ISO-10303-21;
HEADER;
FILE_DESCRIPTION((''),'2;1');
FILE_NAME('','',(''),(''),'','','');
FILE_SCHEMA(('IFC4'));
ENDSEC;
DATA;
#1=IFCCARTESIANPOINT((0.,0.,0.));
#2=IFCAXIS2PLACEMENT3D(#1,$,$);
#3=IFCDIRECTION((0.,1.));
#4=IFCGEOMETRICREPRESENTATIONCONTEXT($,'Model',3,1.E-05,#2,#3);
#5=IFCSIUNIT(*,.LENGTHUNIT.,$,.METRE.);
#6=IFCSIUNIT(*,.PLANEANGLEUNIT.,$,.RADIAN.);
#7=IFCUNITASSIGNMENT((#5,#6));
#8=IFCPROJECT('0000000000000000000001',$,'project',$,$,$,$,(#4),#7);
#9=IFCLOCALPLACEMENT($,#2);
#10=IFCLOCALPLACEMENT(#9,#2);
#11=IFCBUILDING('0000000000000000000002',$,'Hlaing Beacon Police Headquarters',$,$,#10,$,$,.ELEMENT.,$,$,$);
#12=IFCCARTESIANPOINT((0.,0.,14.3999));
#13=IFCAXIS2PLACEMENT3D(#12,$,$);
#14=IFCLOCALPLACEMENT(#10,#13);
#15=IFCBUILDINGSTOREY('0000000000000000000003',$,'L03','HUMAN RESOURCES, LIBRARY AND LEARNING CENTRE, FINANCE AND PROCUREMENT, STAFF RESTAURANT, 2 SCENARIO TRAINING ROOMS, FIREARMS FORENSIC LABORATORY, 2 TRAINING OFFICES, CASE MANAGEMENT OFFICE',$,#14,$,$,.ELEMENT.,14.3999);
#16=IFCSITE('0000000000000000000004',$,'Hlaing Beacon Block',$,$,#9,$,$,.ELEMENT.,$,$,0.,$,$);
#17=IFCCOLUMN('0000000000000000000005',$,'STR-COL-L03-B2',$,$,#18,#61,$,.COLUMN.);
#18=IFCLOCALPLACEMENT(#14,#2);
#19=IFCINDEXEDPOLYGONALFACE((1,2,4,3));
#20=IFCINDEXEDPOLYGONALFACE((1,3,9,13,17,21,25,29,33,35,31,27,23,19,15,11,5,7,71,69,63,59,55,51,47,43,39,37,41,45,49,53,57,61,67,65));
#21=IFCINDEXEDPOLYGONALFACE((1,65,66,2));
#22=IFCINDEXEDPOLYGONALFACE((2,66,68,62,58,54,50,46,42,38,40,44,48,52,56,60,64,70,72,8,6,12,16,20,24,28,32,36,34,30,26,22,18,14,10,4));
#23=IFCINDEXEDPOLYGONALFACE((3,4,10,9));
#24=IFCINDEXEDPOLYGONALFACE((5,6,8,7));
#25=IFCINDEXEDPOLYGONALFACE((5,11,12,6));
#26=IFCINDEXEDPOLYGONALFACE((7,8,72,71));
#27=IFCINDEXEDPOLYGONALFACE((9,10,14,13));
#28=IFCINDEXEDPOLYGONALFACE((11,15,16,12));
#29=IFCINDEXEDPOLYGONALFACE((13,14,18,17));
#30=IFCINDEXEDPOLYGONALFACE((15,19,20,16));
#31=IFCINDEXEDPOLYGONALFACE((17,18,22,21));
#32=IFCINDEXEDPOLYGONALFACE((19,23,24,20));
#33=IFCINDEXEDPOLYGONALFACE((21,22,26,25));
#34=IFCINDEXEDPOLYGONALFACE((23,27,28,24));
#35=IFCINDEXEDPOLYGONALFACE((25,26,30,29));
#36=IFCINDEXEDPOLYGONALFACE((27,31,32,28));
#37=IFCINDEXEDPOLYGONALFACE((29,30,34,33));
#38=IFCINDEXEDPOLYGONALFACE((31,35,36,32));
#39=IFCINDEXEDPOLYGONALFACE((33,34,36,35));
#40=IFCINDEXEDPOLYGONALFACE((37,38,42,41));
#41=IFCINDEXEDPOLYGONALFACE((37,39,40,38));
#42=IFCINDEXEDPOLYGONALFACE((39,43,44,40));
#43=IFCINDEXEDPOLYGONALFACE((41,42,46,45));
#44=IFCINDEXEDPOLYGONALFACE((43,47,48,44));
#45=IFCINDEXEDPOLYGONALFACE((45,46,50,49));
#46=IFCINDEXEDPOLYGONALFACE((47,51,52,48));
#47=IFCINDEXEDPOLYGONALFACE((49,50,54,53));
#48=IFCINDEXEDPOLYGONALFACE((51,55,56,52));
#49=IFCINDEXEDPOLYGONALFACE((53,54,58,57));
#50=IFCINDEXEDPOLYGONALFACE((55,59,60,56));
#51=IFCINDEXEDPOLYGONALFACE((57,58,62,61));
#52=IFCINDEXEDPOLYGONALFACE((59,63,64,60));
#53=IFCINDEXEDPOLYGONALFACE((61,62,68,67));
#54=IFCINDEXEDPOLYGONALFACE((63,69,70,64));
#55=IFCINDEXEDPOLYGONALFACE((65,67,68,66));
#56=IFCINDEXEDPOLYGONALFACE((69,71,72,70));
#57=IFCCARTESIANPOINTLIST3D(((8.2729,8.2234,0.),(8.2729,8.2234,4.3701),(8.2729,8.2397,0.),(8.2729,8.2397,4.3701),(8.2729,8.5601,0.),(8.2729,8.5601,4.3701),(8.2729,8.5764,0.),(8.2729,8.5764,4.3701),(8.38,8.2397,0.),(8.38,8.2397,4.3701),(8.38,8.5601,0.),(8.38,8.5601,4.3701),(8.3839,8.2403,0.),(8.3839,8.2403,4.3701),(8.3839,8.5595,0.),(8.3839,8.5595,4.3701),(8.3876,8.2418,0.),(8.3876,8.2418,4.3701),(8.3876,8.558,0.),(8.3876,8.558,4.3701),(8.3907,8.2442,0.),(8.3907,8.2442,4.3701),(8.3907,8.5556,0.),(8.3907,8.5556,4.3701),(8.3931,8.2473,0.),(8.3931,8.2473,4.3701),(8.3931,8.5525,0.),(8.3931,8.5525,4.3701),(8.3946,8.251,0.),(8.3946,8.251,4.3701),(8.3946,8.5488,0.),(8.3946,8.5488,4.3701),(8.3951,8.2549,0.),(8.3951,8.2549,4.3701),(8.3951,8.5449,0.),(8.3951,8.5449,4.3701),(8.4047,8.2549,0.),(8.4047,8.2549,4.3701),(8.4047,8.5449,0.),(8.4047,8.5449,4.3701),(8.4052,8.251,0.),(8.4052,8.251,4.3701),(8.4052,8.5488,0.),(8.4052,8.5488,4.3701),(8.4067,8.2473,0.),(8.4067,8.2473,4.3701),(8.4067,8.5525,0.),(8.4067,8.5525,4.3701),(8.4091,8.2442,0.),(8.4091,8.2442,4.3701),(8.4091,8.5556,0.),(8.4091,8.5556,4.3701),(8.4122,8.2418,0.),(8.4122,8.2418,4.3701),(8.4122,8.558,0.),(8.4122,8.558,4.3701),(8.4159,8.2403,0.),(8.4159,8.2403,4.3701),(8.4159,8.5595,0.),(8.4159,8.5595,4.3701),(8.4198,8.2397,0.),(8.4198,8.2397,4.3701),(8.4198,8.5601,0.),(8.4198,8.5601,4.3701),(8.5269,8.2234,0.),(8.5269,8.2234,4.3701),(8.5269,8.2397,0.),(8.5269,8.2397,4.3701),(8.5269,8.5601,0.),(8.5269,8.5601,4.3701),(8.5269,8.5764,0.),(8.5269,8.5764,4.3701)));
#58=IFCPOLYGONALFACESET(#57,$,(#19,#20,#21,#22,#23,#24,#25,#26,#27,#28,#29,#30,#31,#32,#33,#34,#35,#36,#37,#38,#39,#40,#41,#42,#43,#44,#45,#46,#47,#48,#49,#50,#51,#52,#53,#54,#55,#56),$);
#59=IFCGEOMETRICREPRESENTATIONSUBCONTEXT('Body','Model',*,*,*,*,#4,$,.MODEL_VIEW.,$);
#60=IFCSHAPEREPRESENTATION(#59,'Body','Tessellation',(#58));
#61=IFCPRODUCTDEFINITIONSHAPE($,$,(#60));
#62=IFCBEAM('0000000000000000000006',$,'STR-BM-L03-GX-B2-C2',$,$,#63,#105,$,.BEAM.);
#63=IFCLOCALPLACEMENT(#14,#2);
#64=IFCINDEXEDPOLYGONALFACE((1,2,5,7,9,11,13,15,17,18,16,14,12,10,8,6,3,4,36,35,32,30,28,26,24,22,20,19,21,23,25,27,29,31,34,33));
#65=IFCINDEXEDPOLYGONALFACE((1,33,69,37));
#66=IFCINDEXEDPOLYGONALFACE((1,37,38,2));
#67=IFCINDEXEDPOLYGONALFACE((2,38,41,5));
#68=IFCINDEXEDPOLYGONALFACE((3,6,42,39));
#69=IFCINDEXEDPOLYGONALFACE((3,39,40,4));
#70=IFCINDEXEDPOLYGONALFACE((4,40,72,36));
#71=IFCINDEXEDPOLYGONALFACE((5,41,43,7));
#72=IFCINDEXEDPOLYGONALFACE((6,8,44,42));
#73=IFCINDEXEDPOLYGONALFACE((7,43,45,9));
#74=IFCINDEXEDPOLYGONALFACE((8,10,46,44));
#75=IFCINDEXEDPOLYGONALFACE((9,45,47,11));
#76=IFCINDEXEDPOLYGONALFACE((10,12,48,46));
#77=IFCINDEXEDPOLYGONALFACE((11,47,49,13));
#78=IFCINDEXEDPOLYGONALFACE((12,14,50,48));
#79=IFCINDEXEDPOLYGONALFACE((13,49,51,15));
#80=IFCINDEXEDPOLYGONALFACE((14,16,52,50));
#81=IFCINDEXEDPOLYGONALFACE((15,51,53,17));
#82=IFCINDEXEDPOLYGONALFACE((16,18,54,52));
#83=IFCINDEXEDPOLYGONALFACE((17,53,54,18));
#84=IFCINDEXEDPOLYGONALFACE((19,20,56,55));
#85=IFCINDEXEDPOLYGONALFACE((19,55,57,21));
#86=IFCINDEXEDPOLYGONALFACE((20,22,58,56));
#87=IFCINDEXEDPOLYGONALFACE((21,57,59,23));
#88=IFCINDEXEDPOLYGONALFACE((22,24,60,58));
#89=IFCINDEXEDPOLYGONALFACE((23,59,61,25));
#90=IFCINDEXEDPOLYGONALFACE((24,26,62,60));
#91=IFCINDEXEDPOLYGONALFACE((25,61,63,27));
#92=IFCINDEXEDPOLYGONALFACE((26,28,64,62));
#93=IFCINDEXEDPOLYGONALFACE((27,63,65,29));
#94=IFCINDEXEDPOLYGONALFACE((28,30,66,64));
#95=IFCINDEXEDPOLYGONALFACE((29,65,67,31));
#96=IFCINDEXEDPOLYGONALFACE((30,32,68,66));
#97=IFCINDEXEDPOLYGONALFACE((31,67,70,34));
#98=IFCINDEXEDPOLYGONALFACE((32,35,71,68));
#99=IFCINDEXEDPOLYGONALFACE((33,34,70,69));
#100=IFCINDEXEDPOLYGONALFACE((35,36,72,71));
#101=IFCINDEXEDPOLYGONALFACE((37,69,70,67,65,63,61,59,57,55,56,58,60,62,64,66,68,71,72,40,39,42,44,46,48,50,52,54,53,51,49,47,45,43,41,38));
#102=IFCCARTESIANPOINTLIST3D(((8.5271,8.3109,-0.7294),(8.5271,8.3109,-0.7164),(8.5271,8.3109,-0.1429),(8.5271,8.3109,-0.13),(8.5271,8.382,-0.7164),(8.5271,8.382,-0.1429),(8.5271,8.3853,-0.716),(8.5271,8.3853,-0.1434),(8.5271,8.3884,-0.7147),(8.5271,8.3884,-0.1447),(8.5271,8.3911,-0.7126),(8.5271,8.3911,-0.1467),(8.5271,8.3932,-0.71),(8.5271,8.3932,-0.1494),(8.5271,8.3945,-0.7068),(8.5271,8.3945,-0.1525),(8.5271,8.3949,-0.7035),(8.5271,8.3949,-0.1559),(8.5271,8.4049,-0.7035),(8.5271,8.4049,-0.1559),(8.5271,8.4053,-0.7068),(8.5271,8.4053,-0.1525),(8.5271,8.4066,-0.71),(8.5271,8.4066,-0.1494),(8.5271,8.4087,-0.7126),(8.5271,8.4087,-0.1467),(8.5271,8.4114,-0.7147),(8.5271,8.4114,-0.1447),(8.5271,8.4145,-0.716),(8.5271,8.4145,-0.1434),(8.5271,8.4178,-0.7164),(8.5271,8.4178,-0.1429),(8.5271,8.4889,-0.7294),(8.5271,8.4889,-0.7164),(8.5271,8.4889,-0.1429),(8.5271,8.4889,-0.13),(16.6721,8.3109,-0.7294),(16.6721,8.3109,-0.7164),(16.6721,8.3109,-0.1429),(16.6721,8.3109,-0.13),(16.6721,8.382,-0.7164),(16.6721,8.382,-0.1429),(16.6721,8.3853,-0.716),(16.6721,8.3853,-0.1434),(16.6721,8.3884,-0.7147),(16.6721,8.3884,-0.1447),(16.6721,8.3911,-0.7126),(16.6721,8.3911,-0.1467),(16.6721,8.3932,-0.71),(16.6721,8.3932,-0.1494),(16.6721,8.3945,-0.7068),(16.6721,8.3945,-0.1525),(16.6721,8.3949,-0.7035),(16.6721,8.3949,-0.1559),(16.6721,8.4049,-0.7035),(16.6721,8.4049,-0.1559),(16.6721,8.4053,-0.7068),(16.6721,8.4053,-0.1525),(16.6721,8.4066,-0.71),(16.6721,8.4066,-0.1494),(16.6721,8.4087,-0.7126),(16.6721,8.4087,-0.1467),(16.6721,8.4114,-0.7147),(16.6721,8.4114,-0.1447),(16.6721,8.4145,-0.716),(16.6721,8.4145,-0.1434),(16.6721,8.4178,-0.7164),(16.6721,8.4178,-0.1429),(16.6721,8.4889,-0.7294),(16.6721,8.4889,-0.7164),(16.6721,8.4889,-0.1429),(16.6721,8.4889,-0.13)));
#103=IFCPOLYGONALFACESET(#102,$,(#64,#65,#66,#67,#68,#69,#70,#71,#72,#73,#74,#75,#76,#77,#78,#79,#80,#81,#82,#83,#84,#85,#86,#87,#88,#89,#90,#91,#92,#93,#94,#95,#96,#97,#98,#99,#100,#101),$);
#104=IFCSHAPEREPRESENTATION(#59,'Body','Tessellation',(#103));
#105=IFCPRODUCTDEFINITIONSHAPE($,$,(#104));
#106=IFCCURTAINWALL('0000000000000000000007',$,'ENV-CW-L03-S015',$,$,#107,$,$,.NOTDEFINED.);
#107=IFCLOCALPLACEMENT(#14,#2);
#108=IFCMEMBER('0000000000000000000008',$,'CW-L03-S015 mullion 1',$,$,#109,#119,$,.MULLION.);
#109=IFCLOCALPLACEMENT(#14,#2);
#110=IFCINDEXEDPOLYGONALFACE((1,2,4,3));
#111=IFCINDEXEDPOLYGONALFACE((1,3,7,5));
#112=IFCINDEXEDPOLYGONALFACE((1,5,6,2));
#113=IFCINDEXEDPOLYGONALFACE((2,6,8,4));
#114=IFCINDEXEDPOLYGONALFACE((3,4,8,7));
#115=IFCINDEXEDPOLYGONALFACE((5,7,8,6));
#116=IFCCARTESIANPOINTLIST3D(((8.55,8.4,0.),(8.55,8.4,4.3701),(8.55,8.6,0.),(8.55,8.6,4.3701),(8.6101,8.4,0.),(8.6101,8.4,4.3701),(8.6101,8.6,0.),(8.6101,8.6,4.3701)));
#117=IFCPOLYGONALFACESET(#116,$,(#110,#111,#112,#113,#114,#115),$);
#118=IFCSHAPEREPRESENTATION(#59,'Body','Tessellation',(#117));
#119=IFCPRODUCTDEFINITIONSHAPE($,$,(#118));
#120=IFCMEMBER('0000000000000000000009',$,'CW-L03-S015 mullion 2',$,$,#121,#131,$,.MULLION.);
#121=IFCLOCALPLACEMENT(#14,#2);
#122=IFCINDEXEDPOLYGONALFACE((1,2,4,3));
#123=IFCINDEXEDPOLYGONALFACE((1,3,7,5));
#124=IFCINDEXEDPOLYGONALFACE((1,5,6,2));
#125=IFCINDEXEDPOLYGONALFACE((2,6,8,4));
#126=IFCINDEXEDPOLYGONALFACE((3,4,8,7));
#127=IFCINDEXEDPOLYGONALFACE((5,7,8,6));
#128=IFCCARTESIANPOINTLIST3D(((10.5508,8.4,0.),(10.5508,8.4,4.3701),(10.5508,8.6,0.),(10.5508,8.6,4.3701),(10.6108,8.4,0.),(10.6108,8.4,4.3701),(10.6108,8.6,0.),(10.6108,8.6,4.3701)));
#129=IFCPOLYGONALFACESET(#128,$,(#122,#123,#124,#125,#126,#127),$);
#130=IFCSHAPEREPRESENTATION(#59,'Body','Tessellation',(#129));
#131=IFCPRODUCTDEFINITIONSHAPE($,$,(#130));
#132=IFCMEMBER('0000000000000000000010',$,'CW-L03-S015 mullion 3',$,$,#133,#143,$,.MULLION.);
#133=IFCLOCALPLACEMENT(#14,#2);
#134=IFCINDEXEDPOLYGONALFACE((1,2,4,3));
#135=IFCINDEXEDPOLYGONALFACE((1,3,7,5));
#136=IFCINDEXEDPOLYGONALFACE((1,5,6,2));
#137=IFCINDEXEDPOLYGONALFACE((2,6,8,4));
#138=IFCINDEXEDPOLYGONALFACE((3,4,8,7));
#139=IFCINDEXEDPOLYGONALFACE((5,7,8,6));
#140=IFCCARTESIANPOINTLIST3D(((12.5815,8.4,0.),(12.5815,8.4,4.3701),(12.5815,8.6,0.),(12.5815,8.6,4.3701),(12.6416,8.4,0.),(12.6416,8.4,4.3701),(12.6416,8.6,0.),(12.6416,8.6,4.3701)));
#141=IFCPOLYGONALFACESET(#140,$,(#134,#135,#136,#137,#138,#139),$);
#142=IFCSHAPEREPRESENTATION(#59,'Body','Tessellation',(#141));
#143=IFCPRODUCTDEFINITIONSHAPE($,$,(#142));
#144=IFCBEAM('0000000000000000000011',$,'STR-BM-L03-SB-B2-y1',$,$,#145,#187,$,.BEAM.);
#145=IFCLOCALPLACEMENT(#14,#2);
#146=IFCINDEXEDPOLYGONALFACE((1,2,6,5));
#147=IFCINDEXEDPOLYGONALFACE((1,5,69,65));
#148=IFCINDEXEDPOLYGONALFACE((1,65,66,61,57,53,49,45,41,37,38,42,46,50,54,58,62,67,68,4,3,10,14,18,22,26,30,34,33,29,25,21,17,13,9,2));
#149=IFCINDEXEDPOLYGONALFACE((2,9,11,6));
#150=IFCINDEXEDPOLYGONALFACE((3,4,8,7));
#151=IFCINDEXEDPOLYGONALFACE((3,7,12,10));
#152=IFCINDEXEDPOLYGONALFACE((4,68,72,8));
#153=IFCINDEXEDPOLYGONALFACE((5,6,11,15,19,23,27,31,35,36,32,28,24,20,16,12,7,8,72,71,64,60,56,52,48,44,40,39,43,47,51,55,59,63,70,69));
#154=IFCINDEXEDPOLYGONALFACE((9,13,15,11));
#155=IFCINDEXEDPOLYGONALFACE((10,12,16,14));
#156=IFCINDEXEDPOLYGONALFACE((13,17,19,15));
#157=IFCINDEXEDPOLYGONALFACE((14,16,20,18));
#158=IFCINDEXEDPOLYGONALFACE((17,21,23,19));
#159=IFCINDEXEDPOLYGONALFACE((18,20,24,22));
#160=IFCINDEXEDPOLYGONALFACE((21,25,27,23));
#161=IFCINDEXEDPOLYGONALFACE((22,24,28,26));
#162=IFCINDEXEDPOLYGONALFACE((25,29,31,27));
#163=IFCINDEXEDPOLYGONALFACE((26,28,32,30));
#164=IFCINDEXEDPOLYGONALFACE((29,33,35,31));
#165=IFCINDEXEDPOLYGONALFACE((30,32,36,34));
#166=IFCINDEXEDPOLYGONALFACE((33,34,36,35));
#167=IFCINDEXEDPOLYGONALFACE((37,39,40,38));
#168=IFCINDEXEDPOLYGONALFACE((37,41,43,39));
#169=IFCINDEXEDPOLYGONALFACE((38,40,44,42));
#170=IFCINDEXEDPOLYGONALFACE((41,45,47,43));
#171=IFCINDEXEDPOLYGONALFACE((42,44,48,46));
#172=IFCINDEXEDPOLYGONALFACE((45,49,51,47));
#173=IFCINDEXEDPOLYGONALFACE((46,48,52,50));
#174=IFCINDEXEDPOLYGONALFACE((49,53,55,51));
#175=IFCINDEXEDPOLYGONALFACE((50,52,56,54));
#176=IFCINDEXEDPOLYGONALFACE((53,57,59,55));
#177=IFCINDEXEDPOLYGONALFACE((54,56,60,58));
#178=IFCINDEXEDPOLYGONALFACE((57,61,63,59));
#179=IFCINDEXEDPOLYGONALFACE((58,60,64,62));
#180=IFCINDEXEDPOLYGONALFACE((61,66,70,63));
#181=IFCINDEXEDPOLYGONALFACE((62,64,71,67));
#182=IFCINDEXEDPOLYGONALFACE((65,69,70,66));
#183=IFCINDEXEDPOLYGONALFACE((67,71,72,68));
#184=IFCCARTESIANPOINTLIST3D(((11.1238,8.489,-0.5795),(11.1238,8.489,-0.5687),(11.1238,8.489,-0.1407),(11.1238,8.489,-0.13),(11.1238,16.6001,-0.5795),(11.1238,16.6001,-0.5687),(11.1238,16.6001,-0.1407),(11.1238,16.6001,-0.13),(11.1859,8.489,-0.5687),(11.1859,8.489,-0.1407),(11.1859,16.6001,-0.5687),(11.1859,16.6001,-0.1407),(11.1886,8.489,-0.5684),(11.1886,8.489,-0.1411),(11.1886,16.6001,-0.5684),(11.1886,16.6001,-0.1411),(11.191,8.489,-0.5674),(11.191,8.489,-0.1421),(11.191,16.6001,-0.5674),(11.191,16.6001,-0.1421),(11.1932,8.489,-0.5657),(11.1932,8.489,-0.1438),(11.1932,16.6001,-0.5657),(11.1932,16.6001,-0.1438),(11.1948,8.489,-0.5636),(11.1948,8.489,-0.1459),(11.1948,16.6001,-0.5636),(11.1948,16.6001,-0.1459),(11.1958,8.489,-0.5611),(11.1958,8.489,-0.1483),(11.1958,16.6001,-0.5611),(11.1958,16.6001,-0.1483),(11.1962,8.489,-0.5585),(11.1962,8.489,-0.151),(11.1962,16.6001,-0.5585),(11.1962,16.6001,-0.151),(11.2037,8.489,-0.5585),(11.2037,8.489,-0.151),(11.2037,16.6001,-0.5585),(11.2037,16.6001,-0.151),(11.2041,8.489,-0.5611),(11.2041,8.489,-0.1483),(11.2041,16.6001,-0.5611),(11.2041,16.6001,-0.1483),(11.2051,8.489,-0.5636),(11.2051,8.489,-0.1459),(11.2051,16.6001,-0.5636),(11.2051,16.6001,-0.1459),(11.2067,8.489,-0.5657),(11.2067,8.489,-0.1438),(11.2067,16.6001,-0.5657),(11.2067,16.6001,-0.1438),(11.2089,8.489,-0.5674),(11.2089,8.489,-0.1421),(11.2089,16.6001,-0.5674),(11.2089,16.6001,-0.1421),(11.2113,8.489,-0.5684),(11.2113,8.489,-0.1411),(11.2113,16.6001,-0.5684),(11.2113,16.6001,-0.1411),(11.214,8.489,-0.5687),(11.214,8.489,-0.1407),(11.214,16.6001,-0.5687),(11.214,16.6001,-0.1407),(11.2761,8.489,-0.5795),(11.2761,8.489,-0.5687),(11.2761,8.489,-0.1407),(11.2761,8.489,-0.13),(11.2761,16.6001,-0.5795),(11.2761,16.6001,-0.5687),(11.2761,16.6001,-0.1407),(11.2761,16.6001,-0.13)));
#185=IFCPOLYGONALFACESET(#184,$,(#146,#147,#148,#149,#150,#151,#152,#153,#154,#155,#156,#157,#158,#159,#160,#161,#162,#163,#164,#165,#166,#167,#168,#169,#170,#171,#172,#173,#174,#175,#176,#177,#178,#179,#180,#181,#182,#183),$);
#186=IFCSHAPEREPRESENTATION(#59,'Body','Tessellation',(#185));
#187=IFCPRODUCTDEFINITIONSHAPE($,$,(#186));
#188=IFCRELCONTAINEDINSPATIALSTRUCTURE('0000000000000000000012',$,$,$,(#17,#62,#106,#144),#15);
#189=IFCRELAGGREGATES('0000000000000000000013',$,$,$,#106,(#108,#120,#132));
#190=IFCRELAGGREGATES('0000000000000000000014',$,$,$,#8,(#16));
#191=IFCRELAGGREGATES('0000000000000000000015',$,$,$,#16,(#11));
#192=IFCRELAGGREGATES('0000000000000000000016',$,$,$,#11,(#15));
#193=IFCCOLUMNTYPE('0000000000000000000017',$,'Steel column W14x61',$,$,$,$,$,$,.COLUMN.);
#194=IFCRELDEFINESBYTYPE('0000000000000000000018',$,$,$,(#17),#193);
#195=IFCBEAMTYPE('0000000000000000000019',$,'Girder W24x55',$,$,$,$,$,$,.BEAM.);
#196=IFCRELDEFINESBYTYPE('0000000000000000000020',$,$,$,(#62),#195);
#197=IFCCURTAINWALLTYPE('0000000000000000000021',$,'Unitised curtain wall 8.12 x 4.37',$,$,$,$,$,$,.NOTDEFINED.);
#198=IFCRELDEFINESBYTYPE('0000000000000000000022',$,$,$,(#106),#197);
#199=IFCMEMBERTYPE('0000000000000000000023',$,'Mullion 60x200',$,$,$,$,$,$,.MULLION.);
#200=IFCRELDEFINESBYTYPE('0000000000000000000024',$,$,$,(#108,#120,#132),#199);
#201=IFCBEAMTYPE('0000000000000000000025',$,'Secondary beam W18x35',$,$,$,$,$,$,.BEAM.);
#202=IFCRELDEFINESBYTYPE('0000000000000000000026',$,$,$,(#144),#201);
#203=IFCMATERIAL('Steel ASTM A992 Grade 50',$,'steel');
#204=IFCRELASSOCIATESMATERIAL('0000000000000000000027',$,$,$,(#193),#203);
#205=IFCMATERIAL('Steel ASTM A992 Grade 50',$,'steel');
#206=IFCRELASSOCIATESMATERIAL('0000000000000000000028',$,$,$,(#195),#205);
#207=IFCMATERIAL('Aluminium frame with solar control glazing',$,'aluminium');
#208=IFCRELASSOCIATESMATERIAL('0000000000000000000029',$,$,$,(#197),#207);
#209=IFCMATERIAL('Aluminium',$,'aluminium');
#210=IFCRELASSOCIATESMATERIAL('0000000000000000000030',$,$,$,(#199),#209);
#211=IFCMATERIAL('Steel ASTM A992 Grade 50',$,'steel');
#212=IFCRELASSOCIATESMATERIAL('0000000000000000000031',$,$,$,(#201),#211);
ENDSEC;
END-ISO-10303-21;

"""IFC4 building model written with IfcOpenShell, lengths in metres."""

from ifc_helpers import new_model, si_unit, direction, frame, origin, origin_2d, place, context, subcontext, project, spatial, rectangle, i_section, extrude, material, material_profile, profile_set, type_object, element, aggregate, save


model = new_model("IFC4")

# Units and contexts
model_context = context("Model", 3, precision=1e-05, world=origin(), true_north=direction((0.0, 1.0)))
body_context = subcontext(model_context, "Body", "Model", "MODEL_VIEW")
ifc_project = project(units=[si_unit("LENGTHUNIT", "METRE"), si_unit("PLANEANGLEUNIT", "RADIAN")], contexts=[model_context])

# Site, building, storey
site_placement = place(None, origin())
site = spatial("IfcSite", under=ifc_project, at=site_placement, Name="Hlaing Beacon Block", CompositionType="ELEMENT", RefElevation=0.0)
building_placement = place(site_placement, origin())
building = spatial("IfcBuilding", under=site, at=building_placement, Name="Hlaing Beacon Police Headquarters", CompositionType="ELEMENT")
storey_placement = place(building_placement, frame((0.0, 0.0, 14.3999)))
storey = spatial("IfcBuildingStorey", under=building, at=storey_placement, Name="L03", Description="HUMAN RESOURCES, LIBRARY AND LEARNING CENTRE, FINANCE AND PROCUREMENT, STAFF RESTAURANT, 2 SCENARIO TRAINING ROOMS, FIREARMS FORENSIC LABORATORY, 2 TRAINING OFFICES, CASE MANAGEMENT OFFICE", CompositionType="ELEMENT", Elevation=14.3999)

# Column
ifc_material_1 = material(Name="Steel ASTM A992 Grade 50", Category="steel")
ifc_material_profile_1 = material_profile(ifc_material_1, i_section(OverallWidth=0.2539, OverallDepth=0.353, WebThickness=0.0095, FlangeThickness=0.0164, FilletRadius=0.0151, at=origin_2d()), Name="W14x61")
ifc_profile_set_1 = profile_set([ifc_material_profile_1], Name="Steel ASTM A992 Grade 50")
column_type = type_object("IfcColumnType", Name="Steel column W14x61", PredefinedType="COLUMN", material=ifc_profile_set_1)
column_placement = place(storey_placement, frame((8.3999, 8.3999, 0.0), z_axis=(0.0, 0.0, 1.0), x_axis=(1.0, 0.0, 0.0)))
element("IfcColumn", 1, at=column_placement, inside=storey, type_object=column_type, Name="STR-COL-L03-B2", PredefinedType="COLUMN", context=body_context, shape_type="SweptSolid", body=[
    extrude(i_section(OverallWidth=0.2539, OverallDepth=0.353, WebThickness=0.0095, FlangeThickness=0.0164, FilletRadius=0.0151, at=origin_2d()), origin(), (0.0, 0.0, 1.0), 4.3701),
])

# Beam
ifc_material_2 = material(Name="Steel ASTM A992 Grade 50", Category="steel")
ifc_material_profile_2 = material_profile(ifc_material_2, i_section(OverallWidth=0.178, OverallDepth=0.5994, WebThickness=0.01, FlangeThickness=0.0129, FilletRadius=0.0129, at=origin_2d()), Name="W24x55")
ifc_profile_set_2 = profile_set([ifc_material_profile_2], Name="Steel ASTM A992 Grade 50")
beam_type_1 = type_object("IfcBeamType", Name="Girder W24x55", PredefinedType="BEAM", material=ifc_profile_set_2)
beam_1_placement = place(storey_placement, frame((8.5271, 8.3999, -0.4297), z_axis=(1.0, 0.0, 0.0), x_axis=(0.0, 1.0, 0.0)))
element("IfcBeam", 2, at=beam_1_placement, inside=storey, type_object=beam_type_1, Name="STR-BM-L03-GX-B2-C2", PredefinedType="BEAM", context=body_context, shape_type="SweptSolid", body=[
    extrude(i_section(OverallWidth=0.178, OverallDepth=0.5994, WebThickness=0.01, FlangeThickness=0.0129, FilletRadius=0.0129, at=origin_2d()), origin(), (0.0, 0.0, 1.0), 8.145),
])

# Curtain wall, members
ifc_material_3 = material(Name="Aluminium frame with solar control glazing", Category="aluminium")
curtain_wall_type = type_object("IfcCurtainWallType", Name="Unitised curtain wall 8.12 x 4.37", PredefinedType="NOTDEFINED", material=ifc_material_3)
curtain_wall_placement = place(storey_placement, origin())
curtain_wall = element("IfcCurtainWall", 3, at=curtain_wall_placement, inside=storey, type_object=curtain_wall_type, Name="ENV-CW-L03-S015", PredefinedType="NOTDEFINED")
ifc_material_4 = material(Name="Aluminium", Category="aluminium")
ifc_material_profile_3 = material_profile(ifc_material_4, rectangle(XDim=0.2, YDim=0.0601, at=origin_2d()), Name="Mullion 60x200")
ifc_profile_set_3 = profile_set([ifc_material_profile_3], Name="Aluminium")
member_type_1 = type_object("IfcMemberType", Name="Mullion 60x200", PredefinedType="MULLION", material=ifc_profile_set_3)
member_1_placement = place(storey_placement, frame((8.5801, 8.5, 0.0), z_axis=(0.0, 0.0, 1.0), x_axis=(0.0, 1.0, 0.0)))
member_1 = element("IfcMember", 4, at=member_1_placement, type_object=member_type_1, Name="CW-L03-S015 mullion 1", PredefinedType="MULLION", context=body_context, shape_type="SweptSolid", body=[
    extrude(rectangle(XDim=0.2, YDim=0.0601, at=origin_2d()), origin(), (0.0, 0.0, 1.0), 4.3701),
])
member_2_placement = place(storey_placement, frame((10.5808, 8.5, 0.0), z_axis=(0.0, 0.0, 1.0), x_axis=(0.0, 1.0, 0.0)))
member_2 = element("IfcMember", 5, at=member_2_placement, type_object=member_type_1, Name="CW-L03-S015 mullion 2", PredefinedType="MULLION", context=body_context, shape_type="SweptSolid", body=[
    extrude(rectangle(XDim=0.2, YDim=0.0601, at=origin_2d()), origin(), (0.0, 0.0, 1.0), 4.3701),
])
member_3_placement = place(storey_placement, frame((12.6116, 8.5, 0.0), z_axis=(0.0, 0.0, 1.0), x_axis=(0.0, 1.0, 0.0)))
member_3 = element("IfcMember", 6, at=member_3_placement, type_object=member_type_1, Name="CW-L03-S015 mullion 3", PredefinedType="MULLION", context=body_context, shape_type="SweptSolid", body=[
    extrude(rectangle(XDim=0.2, YDim=0.0601, at=origin_2d()), origin(), (0.0, 0.0, 1.0), 4.3701),
])

# Beam
ifc_material_5 = material(Name="Steel ASTM A992 Grade 50", Category="steel")
ifc_material_profile_4 = material_profile(ifc_material_5, i_section(OverallWidth=0.1523, OverallDepth=0.4495, WebThickness=0.0076, FlangeThickness=0.0107, FilletRadius=0.0103, at=origin_2d()), Name="W18x35")
ifc_profile_set_4 = profile_set([ifc_material_profile_4], Name="Steel ASTM A992 Grade 50")
beam_type_2 = type_object("IfcBeamType", Name="Secondary beam W18x35", PredefinedType="BEAM", material=ifc_profile_set_4)
beam_2_placement = place(storey_placement, frame((11.2, 8.489, -0.3547), z_axis=(0.0, 1.0, 0.0), x_axis=(-1.0, 0.0, 0.0)))
element("IfcBeam", 7, at=beam_2_placement, inside=storey, type_object=beam_type_2, Name="STR-BM-L03-SB-B2-y1", PredefinedType="BEAM", context=body_context, shape_type="SweptSolid", body=[
    extrude(i_section(OverallWidth=0.1523, OverallDepth=0.4495, WebThickness=0.0076, FlangeThickness=0.0107, FilletRadius=0.0103, at=origin_2d()), origin(), (0.0, 0.0, 1.0), 8.1111),
])

aggregate(curtain_wall, [member_1, member_2, member_3])

save(model, "model.ifc")
